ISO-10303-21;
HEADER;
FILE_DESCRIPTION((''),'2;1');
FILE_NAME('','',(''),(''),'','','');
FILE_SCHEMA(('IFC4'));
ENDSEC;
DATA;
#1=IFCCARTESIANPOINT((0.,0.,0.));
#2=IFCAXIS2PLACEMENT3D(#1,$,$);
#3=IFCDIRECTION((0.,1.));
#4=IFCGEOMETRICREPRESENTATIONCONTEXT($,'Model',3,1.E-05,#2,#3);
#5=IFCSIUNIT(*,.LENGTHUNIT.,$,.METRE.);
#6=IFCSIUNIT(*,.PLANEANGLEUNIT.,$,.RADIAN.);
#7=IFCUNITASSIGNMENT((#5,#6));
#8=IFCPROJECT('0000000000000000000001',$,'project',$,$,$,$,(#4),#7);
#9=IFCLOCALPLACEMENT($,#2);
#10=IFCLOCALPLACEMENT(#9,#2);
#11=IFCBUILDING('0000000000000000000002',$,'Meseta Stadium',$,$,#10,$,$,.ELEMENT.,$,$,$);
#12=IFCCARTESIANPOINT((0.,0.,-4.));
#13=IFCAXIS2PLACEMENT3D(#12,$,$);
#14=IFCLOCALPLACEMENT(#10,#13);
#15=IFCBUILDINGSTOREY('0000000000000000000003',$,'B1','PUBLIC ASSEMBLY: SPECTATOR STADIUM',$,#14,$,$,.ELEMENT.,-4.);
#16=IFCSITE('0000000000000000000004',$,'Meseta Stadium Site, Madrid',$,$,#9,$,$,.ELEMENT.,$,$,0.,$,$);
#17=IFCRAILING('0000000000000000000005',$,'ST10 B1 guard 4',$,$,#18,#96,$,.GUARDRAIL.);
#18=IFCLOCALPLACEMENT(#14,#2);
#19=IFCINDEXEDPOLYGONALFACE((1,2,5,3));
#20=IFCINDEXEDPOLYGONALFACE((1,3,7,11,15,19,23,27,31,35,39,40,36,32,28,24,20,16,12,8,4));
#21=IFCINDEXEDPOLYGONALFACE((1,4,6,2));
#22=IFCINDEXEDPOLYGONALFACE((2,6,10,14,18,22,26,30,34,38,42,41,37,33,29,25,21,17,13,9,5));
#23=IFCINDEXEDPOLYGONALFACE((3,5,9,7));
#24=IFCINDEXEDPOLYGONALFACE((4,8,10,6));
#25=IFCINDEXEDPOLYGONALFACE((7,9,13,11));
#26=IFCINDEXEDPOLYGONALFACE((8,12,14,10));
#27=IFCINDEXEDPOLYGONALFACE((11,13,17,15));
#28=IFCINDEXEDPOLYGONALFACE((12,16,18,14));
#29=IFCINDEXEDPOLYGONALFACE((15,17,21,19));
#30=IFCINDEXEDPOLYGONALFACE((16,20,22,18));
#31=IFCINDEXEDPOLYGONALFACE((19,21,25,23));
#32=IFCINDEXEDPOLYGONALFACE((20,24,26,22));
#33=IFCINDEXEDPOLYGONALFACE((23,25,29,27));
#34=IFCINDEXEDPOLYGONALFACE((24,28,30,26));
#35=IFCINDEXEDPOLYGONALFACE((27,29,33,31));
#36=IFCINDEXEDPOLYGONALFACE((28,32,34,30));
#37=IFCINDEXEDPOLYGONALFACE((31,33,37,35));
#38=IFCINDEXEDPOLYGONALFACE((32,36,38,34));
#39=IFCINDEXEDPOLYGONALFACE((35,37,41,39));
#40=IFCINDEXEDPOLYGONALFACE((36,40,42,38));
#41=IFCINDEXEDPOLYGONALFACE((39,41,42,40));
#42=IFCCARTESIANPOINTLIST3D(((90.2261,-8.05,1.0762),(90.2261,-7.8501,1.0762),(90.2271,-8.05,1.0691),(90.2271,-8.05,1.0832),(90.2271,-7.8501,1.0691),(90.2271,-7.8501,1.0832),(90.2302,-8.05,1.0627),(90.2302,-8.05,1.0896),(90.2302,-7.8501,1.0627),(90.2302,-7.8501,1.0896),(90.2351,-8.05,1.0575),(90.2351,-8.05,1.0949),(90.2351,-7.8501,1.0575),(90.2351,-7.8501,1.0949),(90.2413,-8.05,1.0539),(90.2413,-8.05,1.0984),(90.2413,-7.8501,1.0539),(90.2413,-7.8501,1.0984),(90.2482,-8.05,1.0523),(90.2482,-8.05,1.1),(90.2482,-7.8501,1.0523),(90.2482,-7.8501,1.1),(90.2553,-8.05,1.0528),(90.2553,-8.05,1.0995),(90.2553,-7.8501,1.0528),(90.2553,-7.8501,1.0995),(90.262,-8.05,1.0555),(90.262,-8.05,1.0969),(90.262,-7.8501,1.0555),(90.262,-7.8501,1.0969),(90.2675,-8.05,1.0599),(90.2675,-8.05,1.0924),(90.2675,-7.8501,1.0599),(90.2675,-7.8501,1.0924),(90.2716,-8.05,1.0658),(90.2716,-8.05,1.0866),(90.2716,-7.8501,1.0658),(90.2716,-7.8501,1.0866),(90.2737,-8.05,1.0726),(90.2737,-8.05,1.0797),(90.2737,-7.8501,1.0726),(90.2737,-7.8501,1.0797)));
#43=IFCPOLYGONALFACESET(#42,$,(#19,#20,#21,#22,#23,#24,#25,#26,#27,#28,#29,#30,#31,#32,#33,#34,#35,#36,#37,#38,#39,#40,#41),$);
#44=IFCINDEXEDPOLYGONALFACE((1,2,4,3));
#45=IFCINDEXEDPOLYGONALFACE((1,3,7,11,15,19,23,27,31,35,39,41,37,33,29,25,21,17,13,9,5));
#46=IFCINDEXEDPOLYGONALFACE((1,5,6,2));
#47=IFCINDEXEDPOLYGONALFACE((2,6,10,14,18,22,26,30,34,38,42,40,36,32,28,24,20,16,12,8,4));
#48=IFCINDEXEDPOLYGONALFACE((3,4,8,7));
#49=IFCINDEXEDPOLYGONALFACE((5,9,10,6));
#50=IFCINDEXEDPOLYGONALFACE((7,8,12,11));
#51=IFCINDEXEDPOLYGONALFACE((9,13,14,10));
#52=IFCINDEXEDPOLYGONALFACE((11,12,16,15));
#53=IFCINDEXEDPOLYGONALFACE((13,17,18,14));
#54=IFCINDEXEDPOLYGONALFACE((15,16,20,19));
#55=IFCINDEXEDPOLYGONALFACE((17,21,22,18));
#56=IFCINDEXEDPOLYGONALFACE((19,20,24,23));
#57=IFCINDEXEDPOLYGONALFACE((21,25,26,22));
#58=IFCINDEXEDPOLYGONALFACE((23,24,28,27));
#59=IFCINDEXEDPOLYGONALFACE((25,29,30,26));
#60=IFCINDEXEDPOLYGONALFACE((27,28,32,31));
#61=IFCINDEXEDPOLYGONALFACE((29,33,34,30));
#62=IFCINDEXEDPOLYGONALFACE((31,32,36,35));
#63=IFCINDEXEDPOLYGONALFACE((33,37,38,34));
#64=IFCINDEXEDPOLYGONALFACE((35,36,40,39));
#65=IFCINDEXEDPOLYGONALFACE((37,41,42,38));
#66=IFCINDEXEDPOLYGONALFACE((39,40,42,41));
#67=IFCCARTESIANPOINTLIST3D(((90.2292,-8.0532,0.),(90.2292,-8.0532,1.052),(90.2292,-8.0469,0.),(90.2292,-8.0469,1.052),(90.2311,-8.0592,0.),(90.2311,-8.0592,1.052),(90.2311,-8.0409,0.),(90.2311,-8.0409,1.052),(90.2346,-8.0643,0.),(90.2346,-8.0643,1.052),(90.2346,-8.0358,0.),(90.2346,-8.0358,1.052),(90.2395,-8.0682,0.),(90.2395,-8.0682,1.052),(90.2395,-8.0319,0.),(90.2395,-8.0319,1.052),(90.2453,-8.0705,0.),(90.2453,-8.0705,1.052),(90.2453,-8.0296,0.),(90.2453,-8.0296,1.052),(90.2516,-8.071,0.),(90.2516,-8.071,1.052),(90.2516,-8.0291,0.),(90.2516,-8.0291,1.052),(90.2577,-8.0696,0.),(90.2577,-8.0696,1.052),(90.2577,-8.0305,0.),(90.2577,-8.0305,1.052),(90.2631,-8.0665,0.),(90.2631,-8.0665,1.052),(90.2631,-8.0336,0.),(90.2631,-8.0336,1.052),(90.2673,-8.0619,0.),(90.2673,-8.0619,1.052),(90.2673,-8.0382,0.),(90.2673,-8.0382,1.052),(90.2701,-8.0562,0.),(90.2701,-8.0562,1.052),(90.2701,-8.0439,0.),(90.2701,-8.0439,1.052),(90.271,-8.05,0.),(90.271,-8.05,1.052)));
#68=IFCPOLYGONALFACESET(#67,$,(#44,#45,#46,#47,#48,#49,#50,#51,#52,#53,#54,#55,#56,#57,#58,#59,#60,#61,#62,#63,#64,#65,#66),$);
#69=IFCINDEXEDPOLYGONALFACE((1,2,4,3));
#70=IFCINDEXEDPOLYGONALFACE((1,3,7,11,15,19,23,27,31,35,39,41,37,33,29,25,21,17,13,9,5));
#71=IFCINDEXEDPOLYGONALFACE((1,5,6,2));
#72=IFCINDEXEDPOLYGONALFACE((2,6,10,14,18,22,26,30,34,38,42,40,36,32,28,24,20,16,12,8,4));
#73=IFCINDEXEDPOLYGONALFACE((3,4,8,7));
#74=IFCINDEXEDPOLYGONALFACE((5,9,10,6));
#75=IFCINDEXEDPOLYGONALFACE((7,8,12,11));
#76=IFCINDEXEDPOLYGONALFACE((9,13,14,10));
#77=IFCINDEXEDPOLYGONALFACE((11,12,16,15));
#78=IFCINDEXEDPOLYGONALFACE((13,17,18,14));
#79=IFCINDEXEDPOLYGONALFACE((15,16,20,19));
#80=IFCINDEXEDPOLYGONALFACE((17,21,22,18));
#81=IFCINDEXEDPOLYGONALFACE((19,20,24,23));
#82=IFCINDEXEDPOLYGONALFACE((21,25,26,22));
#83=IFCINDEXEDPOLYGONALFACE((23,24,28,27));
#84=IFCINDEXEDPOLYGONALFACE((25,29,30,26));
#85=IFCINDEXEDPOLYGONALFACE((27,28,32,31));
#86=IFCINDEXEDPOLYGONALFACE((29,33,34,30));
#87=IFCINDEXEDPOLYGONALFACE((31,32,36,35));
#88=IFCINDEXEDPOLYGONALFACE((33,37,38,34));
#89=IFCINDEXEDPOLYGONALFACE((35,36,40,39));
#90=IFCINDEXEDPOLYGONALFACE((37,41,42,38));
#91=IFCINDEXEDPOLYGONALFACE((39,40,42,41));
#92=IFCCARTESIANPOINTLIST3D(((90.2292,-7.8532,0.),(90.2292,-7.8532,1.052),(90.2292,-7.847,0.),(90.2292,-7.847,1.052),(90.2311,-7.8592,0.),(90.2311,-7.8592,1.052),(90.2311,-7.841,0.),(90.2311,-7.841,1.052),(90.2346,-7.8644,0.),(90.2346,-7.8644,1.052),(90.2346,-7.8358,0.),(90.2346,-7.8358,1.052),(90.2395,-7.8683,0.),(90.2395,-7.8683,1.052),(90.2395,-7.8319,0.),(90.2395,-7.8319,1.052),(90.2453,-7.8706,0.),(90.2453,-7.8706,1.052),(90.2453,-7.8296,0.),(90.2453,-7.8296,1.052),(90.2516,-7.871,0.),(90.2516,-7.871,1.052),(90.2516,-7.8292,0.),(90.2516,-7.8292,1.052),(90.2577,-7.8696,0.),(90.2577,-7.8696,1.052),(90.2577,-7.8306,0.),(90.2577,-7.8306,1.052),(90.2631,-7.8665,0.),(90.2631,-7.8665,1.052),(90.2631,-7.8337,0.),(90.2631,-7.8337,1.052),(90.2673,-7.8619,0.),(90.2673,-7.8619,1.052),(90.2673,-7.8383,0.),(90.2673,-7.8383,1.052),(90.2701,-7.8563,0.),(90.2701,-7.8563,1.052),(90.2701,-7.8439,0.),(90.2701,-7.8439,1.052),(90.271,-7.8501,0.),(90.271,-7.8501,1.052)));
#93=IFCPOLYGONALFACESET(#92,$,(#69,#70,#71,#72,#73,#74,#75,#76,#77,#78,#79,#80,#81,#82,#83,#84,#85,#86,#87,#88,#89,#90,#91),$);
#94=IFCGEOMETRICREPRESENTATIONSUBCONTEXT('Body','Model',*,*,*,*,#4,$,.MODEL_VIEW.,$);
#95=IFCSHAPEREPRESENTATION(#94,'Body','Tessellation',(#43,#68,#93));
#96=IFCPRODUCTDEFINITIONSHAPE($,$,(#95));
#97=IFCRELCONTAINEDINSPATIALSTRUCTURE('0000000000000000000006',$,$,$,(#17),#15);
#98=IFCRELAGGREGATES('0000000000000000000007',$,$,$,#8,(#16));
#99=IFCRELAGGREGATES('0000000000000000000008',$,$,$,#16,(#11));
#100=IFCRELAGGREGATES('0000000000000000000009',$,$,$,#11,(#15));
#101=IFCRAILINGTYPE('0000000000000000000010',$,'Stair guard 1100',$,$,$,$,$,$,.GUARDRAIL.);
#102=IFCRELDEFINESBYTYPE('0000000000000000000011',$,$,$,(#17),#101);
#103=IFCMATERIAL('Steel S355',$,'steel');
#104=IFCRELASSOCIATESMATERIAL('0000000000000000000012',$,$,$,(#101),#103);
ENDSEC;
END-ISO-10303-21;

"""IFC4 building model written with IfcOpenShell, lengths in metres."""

from ifc_helpers import new_model, si_unit, direction, frame, origin, origin_2d, place, context, subcontext, project, spatial, circle, extrude, material, type_object, element, save


model = new_model("IFC4")

# Units and contexts
model_context = context("Model", 3, precision=1e-05, world=origin(), true_north=direction((0.0, 1.0)))
body_context = subcontext(model_context, "Body", "Model", "MODEL_VIEW")
ifc_project = project(units=[si_unit("LENGTHUNIT", "METRE"), si_unit("PLANEANGLEUNIT", "RADIAN")], contexts=[model_context])

# Site, building, storey
site_placement = place(None, origin())
site = spatial("IfcSite", under=ifc_project, at=site_placement, Name="Meseta Stadium Site, Madrid", CompositionType="ELEMENT", RefElevation=0.0)
building_placement = place(site_placement, origin())
building = spatial("IfcBuilding", under=site, at=building_placement, Name="Meseta Stadium", CompositionType="ELEMENT")
storey_placement = place(building_placement, frame((0.0, 0.0, -4.0)))
storey = spatial("IfcBuildingStorey", under=building, at=storey_placement, Name="B1", Description="PUBLIC ASSEMBLY: SPECTATOR STADIUM", CompositionType="ELEMENT", Elevation=-4.0)

# Railing
ifc_material_1 = material(Name="Steel S355", Category="steel")
railing_type_1 = type_object("IfcRailingType", Name="Stair guard 1100", PredefinedType="GUARDRAIL", material=ifc_material_1)
railing_1_placement = place(storey_placement, frame((90.25, -8.05, 0.0)))
element("IfcRailing", 1, at=railing_1_placement, inside=storey, type_object=railing_type_1, Name="ST10 B1 guard 4", PredefinedType="GUARDRAIL", context=body_context, shape_type="SweptSolid", body=[
    extrude(circle(Radius=0.0239, at=origin_2d()), frame((0.0, 0.0, 1.0762), z_axis=(0.0, 1.0, 0.0), x_axis=(-1.0, 0.0, 0.0)), (0.0, 0.0, 1.0), 0.2),
    extrude(circle(Radius=0.021, at=origin_2d()), origin(), (0.0, 0.0, 1.0), 1.052),
    extrude(circle(Radius=0.021, at=origin_2d()), frame((0.0, 0.2, 0.0)), (0.0, 0.0, 1.0), 1.052),
])

save(model, "model.ifc")
